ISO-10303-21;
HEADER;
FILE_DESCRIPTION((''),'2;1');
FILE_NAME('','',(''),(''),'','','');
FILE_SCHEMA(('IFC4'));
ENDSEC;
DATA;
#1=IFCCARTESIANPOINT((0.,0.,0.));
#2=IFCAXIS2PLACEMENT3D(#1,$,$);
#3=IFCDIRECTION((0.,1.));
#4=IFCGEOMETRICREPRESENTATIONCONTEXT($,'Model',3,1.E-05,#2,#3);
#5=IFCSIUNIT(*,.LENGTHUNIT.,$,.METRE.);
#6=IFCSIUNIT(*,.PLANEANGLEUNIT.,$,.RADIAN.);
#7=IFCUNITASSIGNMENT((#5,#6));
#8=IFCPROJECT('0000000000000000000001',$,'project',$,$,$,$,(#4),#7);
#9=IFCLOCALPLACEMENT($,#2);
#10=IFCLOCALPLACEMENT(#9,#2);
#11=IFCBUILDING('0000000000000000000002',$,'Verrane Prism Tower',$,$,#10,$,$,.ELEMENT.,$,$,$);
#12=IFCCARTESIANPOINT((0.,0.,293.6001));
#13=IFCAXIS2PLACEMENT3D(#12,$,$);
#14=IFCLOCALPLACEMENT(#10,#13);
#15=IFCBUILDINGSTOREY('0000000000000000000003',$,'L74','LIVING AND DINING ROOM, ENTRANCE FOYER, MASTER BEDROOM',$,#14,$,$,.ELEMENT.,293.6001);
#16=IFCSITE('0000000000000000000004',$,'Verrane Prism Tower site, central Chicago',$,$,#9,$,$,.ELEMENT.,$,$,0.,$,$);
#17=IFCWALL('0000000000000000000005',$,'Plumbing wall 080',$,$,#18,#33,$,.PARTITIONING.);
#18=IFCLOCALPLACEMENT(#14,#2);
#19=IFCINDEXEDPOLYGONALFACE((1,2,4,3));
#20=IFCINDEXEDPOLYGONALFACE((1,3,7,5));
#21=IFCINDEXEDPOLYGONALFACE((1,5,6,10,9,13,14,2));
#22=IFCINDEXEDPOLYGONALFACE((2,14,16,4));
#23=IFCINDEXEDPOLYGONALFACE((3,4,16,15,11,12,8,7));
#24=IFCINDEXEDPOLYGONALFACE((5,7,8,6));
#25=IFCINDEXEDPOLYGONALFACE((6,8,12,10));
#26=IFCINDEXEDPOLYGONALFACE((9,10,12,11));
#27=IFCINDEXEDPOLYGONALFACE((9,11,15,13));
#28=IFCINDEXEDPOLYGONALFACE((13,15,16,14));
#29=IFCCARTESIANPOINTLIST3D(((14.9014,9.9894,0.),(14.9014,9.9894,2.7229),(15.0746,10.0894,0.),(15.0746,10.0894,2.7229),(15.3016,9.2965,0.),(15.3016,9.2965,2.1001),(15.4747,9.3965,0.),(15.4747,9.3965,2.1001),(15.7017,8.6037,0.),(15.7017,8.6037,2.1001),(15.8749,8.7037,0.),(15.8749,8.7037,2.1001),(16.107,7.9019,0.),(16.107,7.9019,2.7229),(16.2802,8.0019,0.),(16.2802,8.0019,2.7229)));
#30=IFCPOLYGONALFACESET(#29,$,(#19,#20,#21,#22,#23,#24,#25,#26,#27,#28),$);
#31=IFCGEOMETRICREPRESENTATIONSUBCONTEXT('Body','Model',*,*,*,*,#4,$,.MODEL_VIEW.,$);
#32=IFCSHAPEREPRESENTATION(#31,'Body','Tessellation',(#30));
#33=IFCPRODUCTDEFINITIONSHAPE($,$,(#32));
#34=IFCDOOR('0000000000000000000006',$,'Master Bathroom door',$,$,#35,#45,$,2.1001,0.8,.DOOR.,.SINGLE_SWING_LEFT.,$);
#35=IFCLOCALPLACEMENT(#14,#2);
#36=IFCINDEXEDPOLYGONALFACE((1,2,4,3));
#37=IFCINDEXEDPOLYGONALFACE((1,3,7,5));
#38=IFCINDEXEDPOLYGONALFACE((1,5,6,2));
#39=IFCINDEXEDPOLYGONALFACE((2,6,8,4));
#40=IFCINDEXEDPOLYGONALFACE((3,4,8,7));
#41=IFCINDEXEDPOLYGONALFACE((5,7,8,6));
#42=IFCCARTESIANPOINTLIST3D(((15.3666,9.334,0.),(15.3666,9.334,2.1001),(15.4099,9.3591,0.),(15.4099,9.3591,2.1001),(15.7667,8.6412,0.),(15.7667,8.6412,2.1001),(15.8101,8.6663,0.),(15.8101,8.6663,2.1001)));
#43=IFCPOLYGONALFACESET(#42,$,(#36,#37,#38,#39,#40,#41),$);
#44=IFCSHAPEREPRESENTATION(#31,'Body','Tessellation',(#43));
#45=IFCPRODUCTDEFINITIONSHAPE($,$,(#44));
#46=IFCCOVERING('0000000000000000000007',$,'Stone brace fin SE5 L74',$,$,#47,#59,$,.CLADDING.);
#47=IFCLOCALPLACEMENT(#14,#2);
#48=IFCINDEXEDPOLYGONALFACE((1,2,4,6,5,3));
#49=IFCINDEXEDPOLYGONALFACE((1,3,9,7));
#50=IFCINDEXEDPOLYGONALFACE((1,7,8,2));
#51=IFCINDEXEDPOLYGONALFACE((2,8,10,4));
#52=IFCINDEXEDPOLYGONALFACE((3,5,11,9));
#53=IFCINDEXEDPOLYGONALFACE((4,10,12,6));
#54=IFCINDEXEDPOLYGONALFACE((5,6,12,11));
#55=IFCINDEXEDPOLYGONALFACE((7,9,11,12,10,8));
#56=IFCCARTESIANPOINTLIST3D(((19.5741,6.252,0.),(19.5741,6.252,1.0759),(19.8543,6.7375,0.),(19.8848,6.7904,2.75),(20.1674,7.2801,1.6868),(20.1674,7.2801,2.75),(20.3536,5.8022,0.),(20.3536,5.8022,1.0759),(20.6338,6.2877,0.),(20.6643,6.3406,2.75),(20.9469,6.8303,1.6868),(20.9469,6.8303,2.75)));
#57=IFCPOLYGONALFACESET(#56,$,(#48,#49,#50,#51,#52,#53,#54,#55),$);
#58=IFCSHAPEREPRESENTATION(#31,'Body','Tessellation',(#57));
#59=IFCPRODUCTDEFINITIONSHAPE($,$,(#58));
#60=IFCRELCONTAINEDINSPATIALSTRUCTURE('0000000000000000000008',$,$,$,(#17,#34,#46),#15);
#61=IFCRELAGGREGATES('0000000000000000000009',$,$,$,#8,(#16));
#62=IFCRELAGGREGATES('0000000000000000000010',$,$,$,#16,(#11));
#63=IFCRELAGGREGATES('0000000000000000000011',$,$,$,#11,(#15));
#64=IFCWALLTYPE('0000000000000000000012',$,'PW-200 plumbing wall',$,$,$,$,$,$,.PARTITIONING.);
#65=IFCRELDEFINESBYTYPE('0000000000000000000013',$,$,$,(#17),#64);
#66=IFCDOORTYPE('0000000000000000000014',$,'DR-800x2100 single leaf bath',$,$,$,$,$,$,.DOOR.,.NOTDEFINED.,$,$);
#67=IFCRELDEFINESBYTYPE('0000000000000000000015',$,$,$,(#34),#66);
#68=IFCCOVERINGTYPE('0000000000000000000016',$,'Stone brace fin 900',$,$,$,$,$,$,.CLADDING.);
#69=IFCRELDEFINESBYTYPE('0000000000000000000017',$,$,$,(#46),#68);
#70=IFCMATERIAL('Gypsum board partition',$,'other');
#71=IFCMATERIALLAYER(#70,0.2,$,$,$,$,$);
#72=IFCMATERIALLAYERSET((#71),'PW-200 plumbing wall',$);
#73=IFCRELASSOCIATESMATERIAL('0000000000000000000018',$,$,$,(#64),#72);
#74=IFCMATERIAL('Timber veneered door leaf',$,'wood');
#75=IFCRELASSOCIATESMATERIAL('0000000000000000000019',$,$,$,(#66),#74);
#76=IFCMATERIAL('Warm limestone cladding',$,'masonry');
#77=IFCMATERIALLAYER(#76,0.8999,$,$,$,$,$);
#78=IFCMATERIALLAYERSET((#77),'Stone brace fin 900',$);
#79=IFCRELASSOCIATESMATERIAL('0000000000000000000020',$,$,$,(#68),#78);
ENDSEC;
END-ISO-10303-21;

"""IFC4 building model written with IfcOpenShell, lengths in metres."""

from ifc_helpers import new_model, si_unit, direction, frame, frame_2d, origin, place, context, subcontext, project, spatial, polyline, rectangle, outline, extrude, material, layer, layer_set, type_object, element, fill, save


model = new_model("IFC4")

# Units and contexts
model_context = context("Model", 3, precision=1e-05, world=origin(), true_north=direction((0.0, 1.0)))
body_context = subcontext(model_context, "Body", "Model", "MODEL_VIEW")
ifc_project = project(units=[si_unit("LENGTHUNIT", "METRE"), si_unit("PLANEANGLEUNIT", "RADIAN")], contexts=[model_context])

# Site, building, storey
site_placement = place(None, origin())
site = spatial("IfcSite", under=ifc_project, at=site_placement, Name="Verrane Prism Tower site, central Chicago", CompositionType="ELEMENT", RefElevation=0.0)
building_placement = place(site_placement, origin())
building = spatial("IfcBuilding", under=site, at=building_placement, Name="Verrane Prism Tower", CompositionType="ELEMENT")
storey_placement = place(building_placement, frame((0.0, 0.0, 293.6001)))
storey = spatial("IfcBuildingStorey", under=building, at=storey_placement, Name="L74", Description="LIVING AND DINING ROOM, ENTRANCE FOYER, MASTER BEDROOM", CompositionType="ELEMENT", Elevation=293.6001)

# Shared definitions
ifc_material_1 = material(Name="Gypsum board partition", Category="other")
ifc_layer_1 = layer(ifc_material_1, 0.2)
ifc_layer_set_1 = layer_set([ifc_layer_1], Name="PW-200 plumbing wall")
wall_type_1 = type_object("IfcWallType", Name="PW-200 plumbing wall", PredefinedType="PARTITIONING", material=ifc_layer_set_1)

# Wall, opening, door
wall_1_placement = place(storey_placement, frame((16.1936, 7.9519, 0.0), z_axis=(0.0, 0.0, 1.0), x_axis=(-0.500126, 0.865953, 0.0)))
wall_1 = element("IfcWall", 1, at=wall_1_placement, inside=storey, type_object=wall_type_1, Name="Plumbing wall 080", PredefinedType="PARTITIONING", context=body_context, shape_type="SweptSolid", body=[
    extrude(rectangle(XDim=2.4106, YDim=0.2, at=frame_2d((1.2053, 0.0))), origin(), (0.0, 0.0, 1.0), 2.7229),
])
opening_1_placement = place(wall_1_placement, frame((0.8105, 0.0, 0.0)))
opening_1 = element("IfcOpeningElement", 2, at=opening_1_placement, cuts=wall_1, PredefinedType="OPENING", context=body_context, shape_type="SweptSolid", body=[
    extrude(rectangle(XDim=0.8, YDim=2.1001, at=frame_2d((0.3999, 1.05))), frame((0.0, 0.1099, 0.0), z_axis=(0.0, -1.0, 0.0), x_axis=(1.0, 0.0, 0.0)), (0.0, 0.0, 1.0), 0.22),
])
ifc_material_2 = material(Name="Timber veneered door leaf", Category="wood")
door_type_1 = type_object("IfcDoorType", Name="DR-800x2100 single leaf bath", OperationType="NOTDEFINED", PredefinedType="DOOR", material=ifc_material_2)
door_1_placement = place(opening_1_placement, origin())
door_1 = element("IfcDoor", 3, at=door_1_placement, inside=storey, type_object=door_type_1, Name="Master Bathroom door", OperationType="SINGLE_SWING_LEFT", OverallHeight=2.1001, OverallWidth=0.8, PredefinedType="DOOR", context=body_context, shape_type="SweptSolid", body=[
    extrude(rectangle(XDim=0.8, YDim=2.1001, at=frame_2d((0.3999, 1.05))), frame((0.0, 0.0249, 0.0), z_axis=(0.0, -1.0, 0.0), x_axis=(1.0, 0.0, 0.0)), (0.0, 0.0, 1.0), 0.05),
])
fill(opening_1, door_1)

# Covering
ifc_material_3 = material(Name="Warm limestone cladding", Category="masonry")
ifc_layer_2 = layer(ifc_material_3, 0.8999)
ifc_layer_set_2 = layer_set([ifc_layer_2], Name="Stone brace fin 900")
covering_type = type_object("IfcCoveringType", Name="Stone brace fin 900", PredefinedType="CLADDING", material=ifc_layer_set_2)
covering_placement = place(storey_placement, frame((19.9639, 6.0271, 0.0), z_axis=(0.0, 0.0, 1.0), x_axis=(0.499811, 0.866134, 0.0)))
element("IfcCovering", 4, at=covering_placement, inside=storey, type_object=covering_type, Name="Stone brace fin SE5 L74", PredefinedType="CLADDING", context=body_context, shape_type="SweptSolid", body=[
    extrude(outline(polyline([(1.187, 2.75), (0.6216, 2.75), (0.0, 1.0759), (0.0, 0.0), (0.5605, 0.0), (1.187, 1.6868), (1.187, 2.75)])), frame((0.0, 0.45, 0.0), z_axis=(0.0, -1.0, 0.0), x_axis=(1.0, 0.0, 0.0)), (0.0, 0.0, 1.0), 0.8999),
])

save(model, "model.ifc")
